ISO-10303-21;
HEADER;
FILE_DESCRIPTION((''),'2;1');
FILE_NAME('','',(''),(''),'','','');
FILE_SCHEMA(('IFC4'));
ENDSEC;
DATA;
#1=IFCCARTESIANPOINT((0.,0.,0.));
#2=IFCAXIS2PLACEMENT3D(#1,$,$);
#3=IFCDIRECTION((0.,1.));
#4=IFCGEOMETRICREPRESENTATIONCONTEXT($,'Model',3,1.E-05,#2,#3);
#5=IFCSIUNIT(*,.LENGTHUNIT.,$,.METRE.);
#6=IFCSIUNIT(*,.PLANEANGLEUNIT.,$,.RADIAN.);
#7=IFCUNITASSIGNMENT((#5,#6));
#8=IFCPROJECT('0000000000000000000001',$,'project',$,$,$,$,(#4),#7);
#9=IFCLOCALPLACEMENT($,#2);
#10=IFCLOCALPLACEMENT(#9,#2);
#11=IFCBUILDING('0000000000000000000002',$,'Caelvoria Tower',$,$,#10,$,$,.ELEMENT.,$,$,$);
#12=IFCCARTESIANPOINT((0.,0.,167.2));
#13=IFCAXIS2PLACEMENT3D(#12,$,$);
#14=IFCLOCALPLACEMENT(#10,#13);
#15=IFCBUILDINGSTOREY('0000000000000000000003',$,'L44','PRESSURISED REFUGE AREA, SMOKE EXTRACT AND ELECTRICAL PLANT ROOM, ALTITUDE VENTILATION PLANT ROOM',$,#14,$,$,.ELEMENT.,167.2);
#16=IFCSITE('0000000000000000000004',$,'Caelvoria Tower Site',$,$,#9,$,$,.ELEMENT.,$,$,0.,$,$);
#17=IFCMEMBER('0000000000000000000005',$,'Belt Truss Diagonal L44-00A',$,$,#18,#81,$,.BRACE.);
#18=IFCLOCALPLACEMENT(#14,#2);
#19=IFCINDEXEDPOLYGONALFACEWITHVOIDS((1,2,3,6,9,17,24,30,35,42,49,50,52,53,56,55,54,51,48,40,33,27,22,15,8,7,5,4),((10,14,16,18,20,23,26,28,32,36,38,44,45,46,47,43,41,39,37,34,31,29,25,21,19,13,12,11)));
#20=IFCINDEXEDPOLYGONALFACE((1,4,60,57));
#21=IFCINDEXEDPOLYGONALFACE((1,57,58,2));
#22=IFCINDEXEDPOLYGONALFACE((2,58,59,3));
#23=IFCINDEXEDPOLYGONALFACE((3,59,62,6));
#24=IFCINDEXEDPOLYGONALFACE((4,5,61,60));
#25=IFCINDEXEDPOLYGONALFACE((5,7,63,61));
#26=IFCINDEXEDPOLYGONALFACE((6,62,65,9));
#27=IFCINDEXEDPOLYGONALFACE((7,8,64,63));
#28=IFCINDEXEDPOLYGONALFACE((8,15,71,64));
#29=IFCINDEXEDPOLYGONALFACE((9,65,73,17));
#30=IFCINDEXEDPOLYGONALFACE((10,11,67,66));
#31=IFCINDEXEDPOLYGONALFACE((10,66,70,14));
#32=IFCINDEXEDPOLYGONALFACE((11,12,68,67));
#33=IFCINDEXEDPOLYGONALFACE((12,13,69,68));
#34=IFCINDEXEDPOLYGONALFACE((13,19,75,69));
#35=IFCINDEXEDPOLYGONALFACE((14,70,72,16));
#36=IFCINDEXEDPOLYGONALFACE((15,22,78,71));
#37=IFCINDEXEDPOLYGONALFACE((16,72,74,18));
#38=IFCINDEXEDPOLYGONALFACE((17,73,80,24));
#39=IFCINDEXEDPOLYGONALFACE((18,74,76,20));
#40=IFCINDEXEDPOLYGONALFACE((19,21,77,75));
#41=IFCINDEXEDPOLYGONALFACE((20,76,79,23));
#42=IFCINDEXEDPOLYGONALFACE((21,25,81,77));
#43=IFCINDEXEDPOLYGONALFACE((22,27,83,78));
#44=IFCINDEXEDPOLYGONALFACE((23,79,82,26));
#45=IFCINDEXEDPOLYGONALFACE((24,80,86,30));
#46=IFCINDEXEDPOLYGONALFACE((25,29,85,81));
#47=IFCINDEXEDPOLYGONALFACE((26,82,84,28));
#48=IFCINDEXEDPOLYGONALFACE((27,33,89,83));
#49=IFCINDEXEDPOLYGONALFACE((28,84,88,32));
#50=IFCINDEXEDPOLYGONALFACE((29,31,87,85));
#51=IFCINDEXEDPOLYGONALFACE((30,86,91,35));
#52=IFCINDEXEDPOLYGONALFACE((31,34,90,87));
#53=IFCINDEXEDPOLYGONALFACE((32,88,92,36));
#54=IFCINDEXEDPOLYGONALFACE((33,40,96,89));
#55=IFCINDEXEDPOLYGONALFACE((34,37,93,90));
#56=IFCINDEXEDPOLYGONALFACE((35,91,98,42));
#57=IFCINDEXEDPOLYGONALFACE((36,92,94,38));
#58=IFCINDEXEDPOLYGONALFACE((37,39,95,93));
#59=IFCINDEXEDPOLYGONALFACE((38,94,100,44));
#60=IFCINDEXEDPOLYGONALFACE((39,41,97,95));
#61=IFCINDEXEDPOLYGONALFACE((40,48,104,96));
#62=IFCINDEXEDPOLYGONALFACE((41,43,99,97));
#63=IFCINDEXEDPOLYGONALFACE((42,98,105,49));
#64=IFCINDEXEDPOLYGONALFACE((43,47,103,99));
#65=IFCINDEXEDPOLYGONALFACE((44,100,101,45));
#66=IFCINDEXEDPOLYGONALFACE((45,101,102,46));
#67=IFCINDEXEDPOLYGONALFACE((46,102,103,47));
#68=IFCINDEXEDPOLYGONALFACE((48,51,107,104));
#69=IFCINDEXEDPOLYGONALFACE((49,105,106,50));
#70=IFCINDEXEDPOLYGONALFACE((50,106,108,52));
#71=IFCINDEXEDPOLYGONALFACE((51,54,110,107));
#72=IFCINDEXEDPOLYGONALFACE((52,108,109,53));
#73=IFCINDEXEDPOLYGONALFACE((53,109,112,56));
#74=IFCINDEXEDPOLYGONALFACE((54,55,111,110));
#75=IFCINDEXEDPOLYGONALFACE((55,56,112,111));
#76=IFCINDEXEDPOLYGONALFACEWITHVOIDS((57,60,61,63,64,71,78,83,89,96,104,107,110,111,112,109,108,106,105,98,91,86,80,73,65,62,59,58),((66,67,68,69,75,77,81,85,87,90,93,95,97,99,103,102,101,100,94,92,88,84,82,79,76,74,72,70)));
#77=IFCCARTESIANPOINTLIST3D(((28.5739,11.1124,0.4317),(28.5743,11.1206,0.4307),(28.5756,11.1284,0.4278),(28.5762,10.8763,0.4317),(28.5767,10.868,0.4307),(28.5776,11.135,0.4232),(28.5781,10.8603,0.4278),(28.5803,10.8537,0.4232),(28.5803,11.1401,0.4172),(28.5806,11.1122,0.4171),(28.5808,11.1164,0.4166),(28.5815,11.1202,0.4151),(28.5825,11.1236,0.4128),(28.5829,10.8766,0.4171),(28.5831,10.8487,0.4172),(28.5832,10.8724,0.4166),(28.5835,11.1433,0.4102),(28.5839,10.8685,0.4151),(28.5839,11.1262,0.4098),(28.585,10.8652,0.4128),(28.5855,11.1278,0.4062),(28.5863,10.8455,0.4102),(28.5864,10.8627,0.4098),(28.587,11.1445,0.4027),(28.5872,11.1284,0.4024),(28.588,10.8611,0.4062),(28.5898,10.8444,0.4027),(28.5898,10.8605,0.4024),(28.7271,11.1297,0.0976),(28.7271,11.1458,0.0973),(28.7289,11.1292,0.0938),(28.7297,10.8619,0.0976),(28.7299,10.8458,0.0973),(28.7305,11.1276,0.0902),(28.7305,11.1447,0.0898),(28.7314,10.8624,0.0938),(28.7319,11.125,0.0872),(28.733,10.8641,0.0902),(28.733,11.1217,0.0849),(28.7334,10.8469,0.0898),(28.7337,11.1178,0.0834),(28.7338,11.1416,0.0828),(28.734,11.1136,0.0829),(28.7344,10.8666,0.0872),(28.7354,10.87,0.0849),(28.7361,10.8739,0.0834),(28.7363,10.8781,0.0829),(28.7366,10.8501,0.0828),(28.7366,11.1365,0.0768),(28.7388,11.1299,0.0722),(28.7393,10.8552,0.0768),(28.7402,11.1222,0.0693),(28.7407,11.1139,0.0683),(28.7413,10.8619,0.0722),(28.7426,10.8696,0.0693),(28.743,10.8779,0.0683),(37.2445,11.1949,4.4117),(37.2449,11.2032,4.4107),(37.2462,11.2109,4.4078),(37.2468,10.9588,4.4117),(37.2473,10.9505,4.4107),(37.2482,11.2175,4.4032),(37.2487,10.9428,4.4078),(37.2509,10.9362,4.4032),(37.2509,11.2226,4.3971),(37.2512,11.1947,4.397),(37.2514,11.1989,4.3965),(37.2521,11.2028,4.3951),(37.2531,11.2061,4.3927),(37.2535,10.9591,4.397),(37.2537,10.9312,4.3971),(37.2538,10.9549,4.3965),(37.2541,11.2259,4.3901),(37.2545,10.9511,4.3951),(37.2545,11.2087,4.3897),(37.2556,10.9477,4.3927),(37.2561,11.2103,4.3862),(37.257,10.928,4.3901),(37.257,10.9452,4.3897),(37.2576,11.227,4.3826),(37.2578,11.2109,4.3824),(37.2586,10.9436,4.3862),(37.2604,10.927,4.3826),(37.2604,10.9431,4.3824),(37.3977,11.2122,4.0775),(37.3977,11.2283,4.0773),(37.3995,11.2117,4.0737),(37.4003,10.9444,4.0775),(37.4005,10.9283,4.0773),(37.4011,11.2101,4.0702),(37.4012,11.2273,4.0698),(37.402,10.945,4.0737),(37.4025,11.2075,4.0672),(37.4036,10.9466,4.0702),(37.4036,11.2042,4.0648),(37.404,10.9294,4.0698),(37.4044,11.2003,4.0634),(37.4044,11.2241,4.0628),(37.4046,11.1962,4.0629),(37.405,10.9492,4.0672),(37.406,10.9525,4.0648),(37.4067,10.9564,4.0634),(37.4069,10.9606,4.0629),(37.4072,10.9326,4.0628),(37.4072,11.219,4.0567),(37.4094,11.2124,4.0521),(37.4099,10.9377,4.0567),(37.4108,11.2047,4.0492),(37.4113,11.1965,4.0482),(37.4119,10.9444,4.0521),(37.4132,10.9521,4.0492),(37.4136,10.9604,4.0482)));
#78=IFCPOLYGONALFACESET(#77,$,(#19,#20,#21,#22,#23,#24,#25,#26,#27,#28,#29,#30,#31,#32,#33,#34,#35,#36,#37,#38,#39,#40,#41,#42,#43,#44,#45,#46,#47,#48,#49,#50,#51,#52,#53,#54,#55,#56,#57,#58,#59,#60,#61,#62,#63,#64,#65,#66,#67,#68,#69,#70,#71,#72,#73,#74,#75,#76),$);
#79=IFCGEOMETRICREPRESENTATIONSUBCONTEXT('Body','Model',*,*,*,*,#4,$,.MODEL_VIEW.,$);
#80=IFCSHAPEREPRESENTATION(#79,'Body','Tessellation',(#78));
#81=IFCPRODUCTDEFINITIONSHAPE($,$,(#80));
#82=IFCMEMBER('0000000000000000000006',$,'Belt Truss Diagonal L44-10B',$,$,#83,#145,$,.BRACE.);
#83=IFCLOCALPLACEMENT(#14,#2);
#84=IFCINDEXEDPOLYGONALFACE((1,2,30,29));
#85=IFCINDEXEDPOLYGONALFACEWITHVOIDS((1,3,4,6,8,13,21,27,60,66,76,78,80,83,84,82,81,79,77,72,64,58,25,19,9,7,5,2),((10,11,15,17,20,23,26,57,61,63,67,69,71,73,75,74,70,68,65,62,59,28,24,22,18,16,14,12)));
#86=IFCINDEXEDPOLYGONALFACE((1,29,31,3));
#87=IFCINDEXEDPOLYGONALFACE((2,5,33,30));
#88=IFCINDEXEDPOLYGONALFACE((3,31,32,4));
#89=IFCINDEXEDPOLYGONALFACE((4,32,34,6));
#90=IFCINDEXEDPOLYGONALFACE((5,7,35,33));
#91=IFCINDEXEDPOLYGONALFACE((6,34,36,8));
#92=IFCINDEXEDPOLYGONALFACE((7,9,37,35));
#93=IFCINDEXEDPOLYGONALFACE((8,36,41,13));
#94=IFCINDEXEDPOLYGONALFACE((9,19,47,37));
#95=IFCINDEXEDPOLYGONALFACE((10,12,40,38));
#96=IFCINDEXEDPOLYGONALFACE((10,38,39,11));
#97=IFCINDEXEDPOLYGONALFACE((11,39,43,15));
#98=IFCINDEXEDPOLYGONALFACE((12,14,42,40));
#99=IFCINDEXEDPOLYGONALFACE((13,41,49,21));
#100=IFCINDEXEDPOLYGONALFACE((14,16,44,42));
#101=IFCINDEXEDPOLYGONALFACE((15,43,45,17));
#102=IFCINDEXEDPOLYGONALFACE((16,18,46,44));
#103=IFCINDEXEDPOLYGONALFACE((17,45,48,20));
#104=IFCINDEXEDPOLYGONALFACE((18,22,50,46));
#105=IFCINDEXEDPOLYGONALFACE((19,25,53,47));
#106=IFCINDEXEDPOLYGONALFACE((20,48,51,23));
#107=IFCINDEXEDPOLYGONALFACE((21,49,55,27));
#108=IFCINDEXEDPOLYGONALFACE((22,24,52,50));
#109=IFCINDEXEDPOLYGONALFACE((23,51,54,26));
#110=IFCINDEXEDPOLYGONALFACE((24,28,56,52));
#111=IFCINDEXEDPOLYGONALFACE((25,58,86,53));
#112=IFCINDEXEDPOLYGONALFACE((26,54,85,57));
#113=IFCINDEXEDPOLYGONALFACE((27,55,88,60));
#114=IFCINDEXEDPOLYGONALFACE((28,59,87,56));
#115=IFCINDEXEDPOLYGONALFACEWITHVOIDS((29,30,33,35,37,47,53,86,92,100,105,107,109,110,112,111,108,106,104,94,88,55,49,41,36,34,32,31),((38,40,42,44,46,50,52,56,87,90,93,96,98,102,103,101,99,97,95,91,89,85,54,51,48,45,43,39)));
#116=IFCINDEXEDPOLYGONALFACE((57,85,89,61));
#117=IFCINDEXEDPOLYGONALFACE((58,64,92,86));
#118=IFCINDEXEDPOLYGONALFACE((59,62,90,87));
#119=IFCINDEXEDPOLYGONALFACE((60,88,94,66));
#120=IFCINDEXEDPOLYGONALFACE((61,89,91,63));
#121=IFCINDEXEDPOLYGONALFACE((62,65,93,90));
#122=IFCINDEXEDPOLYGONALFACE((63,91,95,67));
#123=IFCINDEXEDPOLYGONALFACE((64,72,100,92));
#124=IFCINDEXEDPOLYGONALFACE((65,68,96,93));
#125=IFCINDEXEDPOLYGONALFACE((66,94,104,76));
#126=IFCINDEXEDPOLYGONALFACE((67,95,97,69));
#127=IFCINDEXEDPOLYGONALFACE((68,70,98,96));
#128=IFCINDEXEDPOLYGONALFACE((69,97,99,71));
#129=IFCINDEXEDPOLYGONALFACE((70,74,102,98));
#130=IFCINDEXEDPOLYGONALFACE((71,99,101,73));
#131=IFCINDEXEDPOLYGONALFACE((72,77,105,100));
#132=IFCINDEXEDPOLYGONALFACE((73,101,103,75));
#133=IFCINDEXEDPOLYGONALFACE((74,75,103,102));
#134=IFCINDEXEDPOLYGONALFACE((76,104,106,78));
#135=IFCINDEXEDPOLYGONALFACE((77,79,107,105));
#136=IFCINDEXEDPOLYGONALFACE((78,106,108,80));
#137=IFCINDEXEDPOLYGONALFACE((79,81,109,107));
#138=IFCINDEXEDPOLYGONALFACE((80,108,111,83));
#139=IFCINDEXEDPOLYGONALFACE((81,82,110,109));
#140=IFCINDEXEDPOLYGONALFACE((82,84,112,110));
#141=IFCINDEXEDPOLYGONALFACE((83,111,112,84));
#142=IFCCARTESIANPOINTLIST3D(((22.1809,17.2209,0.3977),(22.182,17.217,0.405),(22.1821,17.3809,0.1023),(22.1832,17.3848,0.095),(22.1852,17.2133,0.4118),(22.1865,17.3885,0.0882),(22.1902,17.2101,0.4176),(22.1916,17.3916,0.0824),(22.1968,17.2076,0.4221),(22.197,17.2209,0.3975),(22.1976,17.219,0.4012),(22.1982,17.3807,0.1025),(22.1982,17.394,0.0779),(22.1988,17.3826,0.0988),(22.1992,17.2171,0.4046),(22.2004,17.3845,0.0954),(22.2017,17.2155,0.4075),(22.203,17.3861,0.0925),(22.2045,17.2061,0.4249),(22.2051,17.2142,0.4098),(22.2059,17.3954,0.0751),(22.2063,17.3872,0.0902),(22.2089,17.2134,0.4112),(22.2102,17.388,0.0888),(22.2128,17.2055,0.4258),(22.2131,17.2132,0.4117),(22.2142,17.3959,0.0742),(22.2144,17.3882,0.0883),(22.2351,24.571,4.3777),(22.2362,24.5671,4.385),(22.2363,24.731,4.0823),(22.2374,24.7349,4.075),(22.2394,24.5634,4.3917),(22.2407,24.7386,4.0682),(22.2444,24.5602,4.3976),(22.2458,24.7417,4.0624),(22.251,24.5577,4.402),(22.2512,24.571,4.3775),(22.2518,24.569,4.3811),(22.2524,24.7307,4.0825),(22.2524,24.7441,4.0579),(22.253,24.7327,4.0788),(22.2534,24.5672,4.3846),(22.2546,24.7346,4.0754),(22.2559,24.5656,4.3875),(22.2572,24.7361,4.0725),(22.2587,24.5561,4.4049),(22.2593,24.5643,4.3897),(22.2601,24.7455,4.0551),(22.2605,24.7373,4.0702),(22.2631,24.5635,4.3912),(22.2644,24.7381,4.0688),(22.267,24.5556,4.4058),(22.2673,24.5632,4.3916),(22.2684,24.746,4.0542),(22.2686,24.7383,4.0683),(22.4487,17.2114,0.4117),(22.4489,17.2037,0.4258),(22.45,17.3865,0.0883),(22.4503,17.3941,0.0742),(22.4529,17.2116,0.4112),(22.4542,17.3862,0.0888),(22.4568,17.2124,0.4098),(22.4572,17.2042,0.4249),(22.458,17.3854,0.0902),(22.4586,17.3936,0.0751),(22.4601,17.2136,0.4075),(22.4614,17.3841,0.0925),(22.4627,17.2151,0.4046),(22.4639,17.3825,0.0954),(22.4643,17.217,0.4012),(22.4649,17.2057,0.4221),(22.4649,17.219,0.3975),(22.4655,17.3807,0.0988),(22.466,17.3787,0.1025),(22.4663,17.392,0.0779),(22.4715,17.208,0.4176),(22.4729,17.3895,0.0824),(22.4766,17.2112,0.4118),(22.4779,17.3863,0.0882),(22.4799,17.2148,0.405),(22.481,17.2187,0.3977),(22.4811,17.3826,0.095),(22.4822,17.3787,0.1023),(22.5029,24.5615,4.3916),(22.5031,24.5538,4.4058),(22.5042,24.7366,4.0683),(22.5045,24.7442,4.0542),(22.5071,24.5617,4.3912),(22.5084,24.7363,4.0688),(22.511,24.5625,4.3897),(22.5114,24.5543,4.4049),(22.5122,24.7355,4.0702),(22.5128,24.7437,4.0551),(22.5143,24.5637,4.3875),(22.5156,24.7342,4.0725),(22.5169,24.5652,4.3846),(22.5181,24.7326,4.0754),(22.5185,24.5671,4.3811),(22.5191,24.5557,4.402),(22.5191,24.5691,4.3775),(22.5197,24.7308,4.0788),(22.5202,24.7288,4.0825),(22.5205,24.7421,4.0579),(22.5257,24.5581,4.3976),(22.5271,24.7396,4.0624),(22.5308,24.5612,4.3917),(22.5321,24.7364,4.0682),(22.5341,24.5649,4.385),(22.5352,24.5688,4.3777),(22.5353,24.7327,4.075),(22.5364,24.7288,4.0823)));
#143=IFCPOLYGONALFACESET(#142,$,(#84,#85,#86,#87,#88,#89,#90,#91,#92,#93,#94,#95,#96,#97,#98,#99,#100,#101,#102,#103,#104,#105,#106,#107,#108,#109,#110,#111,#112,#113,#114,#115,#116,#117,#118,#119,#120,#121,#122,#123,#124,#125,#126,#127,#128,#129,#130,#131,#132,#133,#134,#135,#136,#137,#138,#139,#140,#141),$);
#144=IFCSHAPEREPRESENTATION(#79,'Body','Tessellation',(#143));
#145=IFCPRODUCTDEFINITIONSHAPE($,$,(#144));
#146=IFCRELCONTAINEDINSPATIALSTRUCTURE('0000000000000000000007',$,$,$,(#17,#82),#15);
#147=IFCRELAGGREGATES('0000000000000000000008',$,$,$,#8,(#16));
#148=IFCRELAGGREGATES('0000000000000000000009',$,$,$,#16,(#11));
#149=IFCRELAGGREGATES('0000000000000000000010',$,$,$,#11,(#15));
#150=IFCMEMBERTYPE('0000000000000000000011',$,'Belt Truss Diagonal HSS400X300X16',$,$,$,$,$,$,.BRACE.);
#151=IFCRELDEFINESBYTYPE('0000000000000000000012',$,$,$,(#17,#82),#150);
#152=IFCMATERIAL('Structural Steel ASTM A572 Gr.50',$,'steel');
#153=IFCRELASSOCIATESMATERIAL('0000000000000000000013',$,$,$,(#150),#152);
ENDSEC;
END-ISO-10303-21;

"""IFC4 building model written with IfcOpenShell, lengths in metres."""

from ifc_helpers import new_model, si_unit, direction, frame, origin, origin_2d, place, context, subcontext, project, spatial, hollow_rectangle, extrude, material, material_profile, profile_set, type_object, element, save


model = new_model("IFC4")

# Units and contexts
model_context = context("Model", 3, precision=1e-05, world=origin(), true_north=direction((0.0, 1.0)))
body_context = subcontext(model_context, "Body", "Model", "MODEL_VIEW")
ifc_project = project(units=[si_unit("LENGTHUNIT", "METRE"), si_unit("PLANEANGLEUNIT", "RADIAN")], contexts=[model_context])

# Site, building, storey
site_placement = place(None, origin())
site = spatial("IfcSite", under=ifc_project, at=site_placement, Name="Caelvoria Tower Site", CompositionType="ELEMENT", RefElevation=0.0)
building_placement = place(site_placement, origin())
building = spatial("IfcBuilding", under=site, at=building_placement, Name="Caelvoria Tower", CompositionType="ELEMENT")
storey_placement = place(building_placement, frame((0.0, 0.0, 167.2)))
storey = spatial("IfcBuildingStorey", under=building, at=storey_placement, Name="L44", Description="PRESSURISED REFUGE AREA, SMOKE EXTRACT AND ELECTRICAL PLANT ROOM, ALTITUDE VENTILATION PLANT ROOM", CompositionType="ELEMENT", Elevation=167.2)

# Shared definitions
ifc_material_1 = material(Name="Structural Steel ASTM A572 Gr.50", Category="steel")

# Members
ifc_material_profile_1 = material_profile(ifc_material_1, hollow_rectangle(XDim=0.3, YDim=0.3999, WallThickness=0.0161, InnerFilletRadius=0.0161, OuterFilletRadius=0.032, at=origin_2d()), Name="Structural Steel ASTM A572 Gr.50")
ifc_profile_set_1 = profile_set([ifc_material_profile_1], Name="HSS400X300X16 - Structural Steel ASTM A572 Gr.50")
member_type_1 = type_object("IfcMemberType", Name="Belt Truss Diagonal HSS400X300X16", PredefinedType="BRACE", material=ifc_profile_set_1)
member_1_placement = place(storey_placement, frame((28.6584, 10.9951, 0.25), z_axis=(0.908795, 0.008649, 0.417153), x_axis=(-0.009517, 0.999955, 0.0)))
element("IfcMember", 1, at=member_1_placement, inside=storey, type_object=member_type_1, Name="Belt Truss Diagonal L44-00A", PredefinedType="BRACE", context=body_context, shape_type="SweptSolid", body=[
    extrude(hollow_rectangle(XDim=0.3, YDim=0.3999, WallThickness=0.0161, InnerFilletRadius=0.0161, OuterFilletRadius=0.032, at=origin_2d()), origin(), (0.0, 0.0, 1.0), 9.5408),
])
member_2_placement = place(storey_placement, frame((22.3857, 24.6499, 4.23), z_axis=(-0.006484, -0.87934, -0.476151), x_axis=(0.999973, -0.007374, 0.0)))
element("IfcMember", 2, at=member_2_placement, inside=storey, type_object=member_type_1, Name="Belt Truss Diagonal L44-10B", PredefinedType="BRACE", context=body_context, shape_type="SweptSolid", body=[
    extrude(hollow_rectangle(XDim=0.3, YDim=0.3999, WallThickness=0.0161, InnerFilletRadius=0.0161, OuterFilletRadius=0.032, at=origin_2d()), origin(), (0.0, 0.0, 1.0), 8.3586),
])

save(model, "model.ifc")
